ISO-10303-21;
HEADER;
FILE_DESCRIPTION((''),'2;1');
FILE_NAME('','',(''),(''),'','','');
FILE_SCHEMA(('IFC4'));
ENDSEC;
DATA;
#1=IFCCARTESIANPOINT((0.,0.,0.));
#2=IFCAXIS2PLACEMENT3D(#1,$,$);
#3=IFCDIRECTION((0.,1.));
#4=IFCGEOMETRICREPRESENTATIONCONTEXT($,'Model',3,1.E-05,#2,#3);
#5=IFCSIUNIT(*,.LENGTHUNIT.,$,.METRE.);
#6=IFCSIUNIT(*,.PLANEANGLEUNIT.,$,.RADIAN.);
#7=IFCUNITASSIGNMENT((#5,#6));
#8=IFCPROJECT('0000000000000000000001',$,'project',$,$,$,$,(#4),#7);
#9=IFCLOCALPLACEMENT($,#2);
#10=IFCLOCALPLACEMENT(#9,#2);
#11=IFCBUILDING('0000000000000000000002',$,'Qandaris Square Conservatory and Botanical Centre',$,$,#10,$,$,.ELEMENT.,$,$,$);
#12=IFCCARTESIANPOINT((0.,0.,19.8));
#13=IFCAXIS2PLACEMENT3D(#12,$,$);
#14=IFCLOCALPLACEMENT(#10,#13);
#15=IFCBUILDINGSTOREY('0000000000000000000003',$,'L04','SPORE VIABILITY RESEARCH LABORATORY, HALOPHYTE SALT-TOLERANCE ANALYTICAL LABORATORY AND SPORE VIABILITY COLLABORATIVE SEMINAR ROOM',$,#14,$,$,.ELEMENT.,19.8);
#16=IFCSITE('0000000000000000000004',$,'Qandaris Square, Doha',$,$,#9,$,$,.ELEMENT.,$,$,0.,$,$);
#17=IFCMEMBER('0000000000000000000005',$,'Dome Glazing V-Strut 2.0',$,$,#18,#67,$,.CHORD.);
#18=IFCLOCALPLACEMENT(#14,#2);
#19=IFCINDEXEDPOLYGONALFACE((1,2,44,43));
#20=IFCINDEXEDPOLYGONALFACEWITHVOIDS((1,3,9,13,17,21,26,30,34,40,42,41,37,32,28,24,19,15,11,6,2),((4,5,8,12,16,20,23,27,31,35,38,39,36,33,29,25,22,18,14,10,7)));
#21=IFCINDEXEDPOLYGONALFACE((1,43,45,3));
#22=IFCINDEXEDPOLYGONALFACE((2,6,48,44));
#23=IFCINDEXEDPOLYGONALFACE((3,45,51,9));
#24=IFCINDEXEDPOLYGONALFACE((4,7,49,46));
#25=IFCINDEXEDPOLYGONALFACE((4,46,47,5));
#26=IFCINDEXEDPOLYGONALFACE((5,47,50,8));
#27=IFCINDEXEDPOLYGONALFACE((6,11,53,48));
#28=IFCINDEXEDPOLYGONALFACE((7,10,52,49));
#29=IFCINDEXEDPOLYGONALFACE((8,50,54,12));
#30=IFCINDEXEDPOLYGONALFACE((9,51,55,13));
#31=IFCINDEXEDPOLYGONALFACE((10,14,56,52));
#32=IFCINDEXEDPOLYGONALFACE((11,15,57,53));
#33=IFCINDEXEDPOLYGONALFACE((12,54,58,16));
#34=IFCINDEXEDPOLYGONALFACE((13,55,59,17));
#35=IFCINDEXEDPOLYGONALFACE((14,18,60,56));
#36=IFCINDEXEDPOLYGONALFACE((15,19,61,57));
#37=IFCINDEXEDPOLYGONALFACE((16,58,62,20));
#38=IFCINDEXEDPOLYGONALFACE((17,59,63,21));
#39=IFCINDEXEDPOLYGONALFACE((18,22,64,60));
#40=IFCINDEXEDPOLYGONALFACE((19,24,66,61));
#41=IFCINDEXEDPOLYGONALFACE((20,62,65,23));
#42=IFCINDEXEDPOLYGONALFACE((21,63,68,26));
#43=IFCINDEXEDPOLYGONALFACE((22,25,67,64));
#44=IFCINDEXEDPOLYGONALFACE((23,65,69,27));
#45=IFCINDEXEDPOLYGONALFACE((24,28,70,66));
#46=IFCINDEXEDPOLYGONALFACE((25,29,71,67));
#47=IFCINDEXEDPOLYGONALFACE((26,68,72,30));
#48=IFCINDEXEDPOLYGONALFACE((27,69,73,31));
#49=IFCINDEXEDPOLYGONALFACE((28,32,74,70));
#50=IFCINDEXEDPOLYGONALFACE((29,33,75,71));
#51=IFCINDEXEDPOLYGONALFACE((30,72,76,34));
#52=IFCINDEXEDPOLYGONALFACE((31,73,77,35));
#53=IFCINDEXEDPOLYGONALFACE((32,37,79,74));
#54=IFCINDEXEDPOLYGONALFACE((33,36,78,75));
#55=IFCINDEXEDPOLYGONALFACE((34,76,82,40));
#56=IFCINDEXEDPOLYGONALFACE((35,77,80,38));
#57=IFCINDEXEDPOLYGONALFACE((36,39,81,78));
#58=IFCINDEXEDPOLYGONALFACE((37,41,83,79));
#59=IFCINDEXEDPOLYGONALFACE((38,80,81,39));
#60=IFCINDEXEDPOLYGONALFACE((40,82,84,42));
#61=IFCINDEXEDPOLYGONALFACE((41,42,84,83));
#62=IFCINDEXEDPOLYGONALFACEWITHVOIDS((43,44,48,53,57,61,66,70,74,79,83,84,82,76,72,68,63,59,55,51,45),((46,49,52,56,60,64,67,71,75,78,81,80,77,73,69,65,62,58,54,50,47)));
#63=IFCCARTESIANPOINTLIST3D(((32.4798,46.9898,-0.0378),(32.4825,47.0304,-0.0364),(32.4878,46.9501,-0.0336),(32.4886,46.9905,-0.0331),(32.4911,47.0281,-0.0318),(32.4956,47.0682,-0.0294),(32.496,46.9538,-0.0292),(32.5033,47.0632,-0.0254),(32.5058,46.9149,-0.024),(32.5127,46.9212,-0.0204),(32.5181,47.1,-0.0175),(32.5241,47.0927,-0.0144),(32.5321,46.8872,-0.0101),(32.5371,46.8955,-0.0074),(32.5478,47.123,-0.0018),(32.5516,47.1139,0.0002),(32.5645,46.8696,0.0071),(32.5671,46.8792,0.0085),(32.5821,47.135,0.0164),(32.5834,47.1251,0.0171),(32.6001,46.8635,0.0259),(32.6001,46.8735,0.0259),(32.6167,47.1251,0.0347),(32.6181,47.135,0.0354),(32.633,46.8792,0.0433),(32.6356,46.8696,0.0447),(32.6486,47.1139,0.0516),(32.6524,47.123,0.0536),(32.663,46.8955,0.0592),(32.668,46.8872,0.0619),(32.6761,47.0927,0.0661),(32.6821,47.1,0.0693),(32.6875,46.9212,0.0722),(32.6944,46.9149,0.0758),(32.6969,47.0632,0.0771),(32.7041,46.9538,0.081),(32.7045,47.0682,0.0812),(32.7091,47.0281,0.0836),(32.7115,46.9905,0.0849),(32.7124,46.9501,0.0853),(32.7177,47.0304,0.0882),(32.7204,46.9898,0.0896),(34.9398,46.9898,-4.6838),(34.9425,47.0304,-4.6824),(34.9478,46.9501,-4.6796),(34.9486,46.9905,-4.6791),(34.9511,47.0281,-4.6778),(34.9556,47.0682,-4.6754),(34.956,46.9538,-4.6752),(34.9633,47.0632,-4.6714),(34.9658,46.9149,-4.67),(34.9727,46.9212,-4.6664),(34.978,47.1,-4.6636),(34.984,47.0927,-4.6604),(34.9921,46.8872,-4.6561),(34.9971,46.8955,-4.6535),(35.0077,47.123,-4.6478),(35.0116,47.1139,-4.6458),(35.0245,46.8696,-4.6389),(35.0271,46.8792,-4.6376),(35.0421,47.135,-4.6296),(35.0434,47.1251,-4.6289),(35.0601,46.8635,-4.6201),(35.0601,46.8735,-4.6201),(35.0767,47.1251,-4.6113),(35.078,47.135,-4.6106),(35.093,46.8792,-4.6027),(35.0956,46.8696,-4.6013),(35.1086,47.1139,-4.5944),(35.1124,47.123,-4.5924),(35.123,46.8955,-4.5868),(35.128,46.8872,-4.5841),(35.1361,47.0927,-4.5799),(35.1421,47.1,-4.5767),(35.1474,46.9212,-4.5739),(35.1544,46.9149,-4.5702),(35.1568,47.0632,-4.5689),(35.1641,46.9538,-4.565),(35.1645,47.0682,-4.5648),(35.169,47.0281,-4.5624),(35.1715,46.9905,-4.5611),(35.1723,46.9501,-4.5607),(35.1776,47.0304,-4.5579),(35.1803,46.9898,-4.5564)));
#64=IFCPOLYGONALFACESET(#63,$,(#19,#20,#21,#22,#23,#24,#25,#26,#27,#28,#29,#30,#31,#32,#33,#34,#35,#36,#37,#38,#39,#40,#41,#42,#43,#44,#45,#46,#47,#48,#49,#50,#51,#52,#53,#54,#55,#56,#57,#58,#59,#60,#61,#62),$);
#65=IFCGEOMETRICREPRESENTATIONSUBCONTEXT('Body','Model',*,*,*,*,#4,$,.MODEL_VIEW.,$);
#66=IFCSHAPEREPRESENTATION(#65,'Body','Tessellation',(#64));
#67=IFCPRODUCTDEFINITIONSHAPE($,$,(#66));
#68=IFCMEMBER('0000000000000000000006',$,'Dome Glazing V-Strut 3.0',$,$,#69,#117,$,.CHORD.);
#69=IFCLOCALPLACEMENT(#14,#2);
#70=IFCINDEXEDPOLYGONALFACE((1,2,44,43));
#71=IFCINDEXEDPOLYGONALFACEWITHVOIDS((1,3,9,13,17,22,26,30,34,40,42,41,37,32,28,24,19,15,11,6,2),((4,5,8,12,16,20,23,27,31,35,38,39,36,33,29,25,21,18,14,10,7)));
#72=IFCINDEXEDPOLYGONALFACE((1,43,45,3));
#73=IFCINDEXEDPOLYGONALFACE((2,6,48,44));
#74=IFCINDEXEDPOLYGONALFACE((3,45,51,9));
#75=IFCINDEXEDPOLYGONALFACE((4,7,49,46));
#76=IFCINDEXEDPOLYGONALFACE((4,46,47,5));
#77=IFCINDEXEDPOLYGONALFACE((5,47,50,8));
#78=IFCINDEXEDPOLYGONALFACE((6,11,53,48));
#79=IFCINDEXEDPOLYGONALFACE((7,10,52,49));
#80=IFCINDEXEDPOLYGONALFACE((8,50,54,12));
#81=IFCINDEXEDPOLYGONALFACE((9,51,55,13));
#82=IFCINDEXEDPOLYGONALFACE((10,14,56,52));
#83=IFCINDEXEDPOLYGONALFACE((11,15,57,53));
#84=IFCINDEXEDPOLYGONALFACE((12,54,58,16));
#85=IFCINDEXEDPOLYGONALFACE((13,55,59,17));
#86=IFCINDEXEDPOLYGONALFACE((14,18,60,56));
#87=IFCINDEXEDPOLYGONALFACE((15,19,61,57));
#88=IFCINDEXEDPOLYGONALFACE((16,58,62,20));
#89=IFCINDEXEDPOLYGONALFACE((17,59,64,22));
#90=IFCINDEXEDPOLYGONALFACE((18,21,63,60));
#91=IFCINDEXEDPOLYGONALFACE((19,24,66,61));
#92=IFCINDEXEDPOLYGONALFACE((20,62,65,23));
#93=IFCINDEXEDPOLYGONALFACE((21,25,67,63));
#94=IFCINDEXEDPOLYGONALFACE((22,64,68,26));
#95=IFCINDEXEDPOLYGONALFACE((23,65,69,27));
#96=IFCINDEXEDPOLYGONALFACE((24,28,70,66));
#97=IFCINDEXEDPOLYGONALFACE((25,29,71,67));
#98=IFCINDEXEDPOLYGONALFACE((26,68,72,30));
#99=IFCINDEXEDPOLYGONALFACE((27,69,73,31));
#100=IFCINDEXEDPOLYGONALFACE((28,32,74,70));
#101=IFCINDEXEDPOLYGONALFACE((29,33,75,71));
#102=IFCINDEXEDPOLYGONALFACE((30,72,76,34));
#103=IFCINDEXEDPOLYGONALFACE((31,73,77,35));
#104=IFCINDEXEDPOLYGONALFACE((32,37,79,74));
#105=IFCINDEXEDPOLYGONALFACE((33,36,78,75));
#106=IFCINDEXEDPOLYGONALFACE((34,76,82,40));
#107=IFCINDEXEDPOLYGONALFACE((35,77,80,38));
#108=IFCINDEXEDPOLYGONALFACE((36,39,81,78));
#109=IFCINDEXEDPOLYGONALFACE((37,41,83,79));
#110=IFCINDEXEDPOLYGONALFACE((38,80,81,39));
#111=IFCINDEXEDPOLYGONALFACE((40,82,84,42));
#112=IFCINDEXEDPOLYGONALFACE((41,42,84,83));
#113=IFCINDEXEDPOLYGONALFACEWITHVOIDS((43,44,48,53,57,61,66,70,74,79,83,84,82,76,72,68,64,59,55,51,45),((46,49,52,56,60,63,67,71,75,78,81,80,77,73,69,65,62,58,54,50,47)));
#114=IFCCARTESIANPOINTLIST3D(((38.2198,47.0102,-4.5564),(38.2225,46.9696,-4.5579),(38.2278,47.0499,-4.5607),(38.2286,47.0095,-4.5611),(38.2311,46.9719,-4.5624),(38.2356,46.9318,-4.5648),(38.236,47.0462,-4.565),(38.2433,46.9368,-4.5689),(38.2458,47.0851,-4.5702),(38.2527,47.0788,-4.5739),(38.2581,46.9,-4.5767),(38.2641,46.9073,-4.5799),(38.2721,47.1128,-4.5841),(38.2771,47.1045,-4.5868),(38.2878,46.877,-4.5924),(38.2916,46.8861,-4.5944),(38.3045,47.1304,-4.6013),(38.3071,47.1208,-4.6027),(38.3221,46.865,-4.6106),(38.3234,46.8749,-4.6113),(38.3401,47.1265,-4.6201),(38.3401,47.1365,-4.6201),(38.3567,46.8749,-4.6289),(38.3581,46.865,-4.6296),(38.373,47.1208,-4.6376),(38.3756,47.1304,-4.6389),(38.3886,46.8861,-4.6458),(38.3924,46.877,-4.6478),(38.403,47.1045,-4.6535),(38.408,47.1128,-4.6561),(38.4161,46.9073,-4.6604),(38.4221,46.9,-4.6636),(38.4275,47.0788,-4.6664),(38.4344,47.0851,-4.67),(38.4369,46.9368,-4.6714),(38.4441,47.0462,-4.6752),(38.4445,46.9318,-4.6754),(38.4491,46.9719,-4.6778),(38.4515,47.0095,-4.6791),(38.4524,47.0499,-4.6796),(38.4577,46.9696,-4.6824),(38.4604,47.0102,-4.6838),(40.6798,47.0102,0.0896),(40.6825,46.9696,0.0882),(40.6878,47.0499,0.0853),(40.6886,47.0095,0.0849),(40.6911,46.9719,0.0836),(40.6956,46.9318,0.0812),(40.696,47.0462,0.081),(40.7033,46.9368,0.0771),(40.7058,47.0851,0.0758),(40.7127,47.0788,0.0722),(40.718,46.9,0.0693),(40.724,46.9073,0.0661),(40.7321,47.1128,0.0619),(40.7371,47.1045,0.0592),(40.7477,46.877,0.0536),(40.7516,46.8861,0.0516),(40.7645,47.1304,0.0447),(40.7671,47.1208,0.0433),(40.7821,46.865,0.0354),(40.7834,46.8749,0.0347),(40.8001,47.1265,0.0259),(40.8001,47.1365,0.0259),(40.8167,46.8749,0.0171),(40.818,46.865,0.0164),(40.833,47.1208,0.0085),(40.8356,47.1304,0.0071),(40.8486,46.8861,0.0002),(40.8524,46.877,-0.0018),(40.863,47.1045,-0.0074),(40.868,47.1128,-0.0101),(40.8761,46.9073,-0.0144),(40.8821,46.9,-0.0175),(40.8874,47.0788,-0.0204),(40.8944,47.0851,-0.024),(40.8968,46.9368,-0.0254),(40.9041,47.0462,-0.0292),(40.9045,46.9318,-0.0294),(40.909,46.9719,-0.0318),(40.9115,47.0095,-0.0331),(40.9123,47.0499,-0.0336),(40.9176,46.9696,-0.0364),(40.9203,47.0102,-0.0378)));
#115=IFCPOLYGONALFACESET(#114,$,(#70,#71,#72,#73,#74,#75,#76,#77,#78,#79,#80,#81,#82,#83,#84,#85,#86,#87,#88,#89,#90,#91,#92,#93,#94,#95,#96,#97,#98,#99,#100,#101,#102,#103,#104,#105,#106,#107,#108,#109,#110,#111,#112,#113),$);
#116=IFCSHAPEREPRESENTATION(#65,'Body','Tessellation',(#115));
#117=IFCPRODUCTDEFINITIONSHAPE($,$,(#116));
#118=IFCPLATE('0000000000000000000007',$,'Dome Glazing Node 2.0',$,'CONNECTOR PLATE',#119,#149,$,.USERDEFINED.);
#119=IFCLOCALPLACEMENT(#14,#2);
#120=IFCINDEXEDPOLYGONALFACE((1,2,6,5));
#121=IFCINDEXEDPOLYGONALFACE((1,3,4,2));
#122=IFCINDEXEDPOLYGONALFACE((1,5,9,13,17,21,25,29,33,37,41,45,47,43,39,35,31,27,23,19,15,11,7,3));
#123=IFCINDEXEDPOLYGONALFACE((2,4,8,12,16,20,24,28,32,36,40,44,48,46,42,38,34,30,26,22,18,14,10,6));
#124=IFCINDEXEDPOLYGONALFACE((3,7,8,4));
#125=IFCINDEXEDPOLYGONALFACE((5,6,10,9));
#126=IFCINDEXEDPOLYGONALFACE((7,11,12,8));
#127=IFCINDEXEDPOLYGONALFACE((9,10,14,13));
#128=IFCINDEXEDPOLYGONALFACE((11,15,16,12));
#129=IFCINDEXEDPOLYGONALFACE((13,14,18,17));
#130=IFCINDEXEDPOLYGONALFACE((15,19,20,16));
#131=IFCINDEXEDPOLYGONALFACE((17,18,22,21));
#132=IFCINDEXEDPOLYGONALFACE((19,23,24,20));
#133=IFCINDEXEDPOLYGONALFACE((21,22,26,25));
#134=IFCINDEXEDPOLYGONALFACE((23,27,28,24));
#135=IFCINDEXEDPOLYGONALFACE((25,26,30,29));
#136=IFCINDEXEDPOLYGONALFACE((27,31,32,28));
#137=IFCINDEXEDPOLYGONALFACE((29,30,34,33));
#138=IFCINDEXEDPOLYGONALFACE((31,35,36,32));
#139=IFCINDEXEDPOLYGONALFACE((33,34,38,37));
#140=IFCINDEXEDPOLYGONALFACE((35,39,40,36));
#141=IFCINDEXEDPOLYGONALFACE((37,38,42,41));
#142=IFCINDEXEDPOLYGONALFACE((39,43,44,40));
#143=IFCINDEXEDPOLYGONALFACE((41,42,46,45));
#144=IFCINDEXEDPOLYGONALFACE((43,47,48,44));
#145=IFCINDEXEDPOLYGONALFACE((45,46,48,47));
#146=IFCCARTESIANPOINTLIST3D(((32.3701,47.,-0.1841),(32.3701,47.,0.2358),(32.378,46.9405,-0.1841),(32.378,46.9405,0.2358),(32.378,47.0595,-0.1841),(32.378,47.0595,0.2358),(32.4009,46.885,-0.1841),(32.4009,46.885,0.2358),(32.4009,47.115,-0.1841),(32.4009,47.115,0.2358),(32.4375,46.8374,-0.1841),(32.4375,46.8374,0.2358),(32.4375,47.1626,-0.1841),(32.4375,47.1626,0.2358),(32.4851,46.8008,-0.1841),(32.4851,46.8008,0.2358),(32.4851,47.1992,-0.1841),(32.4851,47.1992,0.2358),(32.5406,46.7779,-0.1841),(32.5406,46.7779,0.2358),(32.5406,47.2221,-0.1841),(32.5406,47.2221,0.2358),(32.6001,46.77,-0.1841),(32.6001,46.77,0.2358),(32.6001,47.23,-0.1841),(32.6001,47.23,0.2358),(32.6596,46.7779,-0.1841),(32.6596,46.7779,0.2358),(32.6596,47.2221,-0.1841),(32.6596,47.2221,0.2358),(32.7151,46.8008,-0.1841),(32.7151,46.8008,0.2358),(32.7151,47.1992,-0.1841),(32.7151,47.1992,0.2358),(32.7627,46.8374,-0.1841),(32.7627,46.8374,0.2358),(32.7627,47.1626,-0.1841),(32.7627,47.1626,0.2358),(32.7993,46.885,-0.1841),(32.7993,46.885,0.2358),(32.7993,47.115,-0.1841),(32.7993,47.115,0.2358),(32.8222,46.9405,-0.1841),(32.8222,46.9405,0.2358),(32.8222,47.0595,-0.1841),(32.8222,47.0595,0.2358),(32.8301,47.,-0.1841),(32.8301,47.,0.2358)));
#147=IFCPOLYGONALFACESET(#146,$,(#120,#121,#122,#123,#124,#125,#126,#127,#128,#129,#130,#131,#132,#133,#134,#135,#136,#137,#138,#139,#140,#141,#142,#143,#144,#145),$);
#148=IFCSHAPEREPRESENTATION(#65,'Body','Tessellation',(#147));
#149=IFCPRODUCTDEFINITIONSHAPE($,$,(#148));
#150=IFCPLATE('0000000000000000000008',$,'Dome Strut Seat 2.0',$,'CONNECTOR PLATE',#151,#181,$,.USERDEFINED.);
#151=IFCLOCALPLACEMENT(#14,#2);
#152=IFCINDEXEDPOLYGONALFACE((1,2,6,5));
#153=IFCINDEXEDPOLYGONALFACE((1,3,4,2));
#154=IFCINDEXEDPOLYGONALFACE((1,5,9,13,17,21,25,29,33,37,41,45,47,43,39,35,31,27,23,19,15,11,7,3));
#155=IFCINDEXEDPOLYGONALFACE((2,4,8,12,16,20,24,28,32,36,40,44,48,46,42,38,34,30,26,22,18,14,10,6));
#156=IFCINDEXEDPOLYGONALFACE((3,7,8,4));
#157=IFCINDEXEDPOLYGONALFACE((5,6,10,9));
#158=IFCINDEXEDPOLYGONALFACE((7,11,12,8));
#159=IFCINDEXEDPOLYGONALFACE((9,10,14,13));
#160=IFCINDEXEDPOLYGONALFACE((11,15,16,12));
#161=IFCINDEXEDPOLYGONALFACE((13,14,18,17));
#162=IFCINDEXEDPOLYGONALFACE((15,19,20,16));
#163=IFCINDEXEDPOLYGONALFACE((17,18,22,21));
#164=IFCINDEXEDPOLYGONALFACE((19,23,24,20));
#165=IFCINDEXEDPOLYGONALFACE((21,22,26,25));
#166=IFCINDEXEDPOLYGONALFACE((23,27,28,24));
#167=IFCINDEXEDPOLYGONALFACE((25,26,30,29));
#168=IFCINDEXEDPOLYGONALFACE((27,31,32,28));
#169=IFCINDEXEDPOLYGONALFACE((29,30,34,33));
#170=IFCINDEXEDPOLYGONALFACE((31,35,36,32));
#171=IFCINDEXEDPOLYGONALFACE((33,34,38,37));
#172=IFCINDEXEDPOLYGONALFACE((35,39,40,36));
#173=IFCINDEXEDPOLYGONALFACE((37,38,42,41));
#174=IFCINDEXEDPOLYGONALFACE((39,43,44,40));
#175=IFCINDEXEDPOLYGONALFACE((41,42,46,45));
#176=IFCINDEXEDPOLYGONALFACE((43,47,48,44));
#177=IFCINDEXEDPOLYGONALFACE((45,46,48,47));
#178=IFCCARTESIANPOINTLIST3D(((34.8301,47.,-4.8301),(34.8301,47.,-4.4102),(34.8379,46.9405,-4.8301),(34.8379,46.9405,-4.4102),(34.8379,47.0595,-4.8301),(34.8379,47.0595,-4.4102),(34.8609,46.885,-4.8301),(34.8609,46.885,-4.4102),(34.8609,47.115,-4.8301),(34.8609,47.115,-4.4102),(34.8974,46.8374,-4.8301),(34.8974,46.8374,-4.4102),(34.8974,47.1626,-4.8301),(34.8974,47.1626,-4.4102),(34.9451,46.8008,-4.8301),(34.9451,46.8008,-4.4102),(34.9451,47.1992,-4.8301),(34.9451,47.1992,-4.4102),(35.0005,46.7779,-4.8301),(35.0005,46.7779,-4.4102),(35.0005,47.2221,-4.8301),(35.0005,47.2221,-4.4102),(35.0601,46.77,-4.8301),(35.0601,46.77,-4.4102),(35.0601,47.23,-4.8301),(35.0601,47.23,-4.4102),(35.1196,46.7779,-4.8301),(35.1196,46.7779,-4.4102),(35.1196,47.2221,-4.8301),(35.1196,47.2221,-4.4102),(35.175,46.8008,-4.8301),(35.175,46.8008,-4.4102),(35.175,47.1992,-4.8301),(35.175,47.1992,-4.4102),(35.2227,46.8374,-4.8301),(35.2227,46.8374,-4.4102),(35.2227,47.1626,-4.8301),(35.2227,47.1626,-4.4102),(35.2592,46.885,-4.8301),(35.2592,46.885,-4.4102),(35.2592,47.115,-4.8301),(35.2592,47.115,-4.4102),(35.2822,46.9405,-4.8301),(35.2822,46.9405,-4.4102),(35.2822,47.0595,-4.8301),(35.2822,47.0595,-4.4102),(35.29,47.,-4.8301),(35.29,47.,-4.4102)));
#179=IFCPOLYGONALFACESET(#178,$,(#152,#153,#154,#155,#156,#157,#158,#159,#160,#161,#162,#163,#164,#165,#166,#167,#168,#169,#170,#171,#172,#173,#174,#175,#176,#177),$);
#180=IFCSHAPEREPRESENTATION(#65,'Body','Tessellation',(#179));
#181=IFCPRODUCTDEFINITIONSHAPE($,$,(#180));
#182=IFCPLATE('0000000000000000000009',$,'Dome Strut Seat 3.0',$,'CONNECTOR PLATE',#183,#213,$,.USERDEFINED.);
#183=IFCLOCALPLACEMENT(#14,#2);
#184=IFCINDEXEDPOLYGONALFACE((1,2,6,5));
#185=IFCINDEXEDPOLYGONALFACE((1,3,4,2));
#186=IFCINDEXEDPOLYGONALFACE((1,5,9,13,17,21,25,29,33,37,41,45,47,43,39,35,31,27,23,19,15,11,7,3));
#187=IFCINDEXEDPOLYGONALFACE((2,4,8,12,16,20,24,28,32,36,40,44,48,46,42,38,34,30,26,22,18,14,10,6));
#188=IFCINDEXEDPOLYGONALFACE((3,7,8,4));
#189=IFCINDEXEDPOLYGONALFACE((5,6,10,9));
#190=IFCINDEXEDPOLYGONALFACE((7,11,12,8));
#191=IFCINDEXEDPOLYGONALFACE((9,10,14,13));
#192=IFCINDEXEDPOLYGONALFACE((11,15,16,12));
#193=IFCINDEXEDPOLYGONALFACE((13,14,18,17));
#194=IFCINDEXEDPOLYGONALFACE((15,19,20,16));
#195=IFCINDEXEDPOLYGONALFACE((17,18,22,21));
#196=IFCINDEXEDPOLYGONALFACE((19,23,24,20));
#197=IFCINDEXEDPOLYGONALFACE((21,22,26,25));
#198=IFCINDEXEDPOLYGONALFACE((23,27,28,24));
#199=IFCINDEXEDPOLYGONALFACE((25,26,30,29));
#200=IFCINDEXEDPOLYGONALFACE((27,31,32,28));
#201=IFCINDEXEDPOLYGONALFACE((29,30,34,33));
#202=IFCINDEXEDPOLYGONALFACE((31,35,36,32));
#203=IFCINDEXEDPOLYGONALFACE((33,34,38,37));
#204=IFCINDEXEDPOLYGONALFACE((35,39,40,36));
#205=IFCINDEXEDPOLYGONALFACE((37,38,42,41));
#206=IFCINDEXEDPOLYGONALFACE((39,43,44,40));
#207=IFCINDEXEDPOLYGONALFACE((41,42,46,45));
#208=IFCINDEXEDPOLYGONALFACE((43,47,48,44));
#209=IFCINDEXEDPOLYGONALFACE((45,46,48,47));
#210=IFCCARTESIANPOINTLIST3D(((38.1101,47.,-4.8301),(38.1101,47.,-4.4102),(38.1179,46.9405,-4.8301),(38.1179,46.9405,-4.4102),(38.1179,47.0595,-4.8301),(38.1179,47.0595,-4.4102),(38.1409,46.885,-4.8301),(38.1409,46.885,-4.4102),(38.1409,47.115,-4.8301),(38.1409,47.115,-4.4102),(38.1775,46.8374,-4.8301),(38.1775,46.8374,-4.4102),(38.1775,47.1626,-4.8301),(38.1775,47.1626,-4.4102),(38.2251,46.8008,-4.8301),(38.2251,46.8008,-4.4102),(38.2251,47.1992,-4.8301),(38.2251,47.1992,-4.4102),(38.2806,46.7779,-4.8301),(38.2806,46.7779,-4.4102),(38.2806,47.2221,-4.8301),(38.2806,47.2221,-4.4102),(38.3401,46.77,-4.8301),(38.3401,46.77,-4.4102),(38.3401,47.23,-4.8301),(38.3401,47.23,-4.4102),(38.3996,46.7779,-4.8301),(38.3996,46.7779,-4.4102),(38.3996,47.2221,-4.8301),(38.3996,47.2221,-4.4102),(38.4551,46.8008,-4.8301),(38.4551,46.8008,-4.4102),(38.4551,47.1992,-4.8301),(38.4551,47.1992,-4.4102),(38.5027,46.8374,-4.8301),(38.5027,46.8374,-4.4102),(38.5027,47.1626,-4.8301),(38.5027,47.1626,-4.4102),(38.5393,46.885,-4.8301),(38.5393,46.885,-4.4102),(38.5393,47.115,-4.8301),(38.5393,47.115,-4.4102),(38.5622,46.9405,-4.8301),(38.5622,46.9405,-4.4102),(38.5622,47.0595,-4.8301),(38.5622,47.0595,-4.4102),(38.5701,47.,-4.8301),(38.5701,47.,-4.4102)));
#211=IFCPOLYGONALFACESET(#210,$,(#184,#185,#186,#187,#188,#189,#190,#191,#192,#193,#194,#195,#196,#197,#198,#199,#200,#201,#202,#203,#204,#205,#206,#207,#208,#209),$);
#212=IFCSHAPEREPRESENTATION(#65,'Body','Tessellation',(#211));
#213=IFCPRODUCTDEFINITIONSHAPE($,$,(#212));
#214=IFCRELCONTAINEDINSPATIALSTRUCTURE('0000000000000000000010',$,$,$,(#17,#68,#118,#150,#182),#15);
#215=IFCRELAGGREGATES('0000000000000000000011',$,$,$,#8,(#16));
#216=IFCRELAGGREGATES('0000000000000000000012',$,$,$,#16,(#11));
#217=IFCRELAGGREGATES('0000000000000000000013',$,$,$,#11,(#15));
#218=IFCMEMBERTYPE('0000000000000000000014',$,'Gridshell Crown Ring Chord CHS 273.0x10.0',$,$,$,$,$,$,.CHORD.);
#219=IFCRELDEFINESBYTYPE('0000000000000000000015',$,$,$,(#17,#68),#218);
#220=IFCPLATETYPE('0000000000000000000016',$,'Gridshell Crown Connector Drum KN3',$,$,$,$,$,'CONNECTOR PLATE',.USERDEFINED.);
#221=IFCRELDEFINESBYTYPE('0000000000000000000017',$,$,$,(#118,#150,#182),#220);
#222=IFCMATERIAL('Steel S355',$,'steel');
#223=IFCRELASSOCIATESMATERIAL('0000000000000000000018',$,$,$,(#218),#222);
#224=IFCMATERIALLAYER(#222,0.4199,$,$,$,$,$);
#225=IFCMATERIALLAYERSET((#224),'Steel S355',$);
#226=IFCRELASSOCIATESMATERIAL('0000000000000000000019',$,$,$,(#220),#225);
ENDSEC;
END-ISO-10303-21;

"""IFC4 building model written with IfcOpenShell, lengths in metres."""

from ifc_helpers import new_model, si_unit, direction, frame, origin, origin_2d, place, context, subcontext, project, spatial, circle, hollow_circle, extrude, material, layer, layer_set, material_profile, profile_set, type_object, element, save


model = new_model("IFC4")

# Units and contexts
model_context = context("Model", 3, precision=1e-05, world=origin(), true_north=direction((0.0, 1.0)))
body_context = subcontext(model_context, "Body", "Model", "MODEL_VIEW")
ifc_project = project(units=[si_unit("LENGTHUNIT", "METRE"), si_unit("PLANEANGLEUNIT", "RADIAN")], contexts=[model_context])

# Site, building, storey
site_placement = place(None, origin())
site = spatial("IfcSite", under=ifc_project, at=site_placement, Name="Qandaris Square, Doha", CompositionType="ELEMENT", RefElevation=0.0)
building_placement = place(site_placement, origin())
building = spatial("IfcBuilding", under=site, at=building_placement, Name="Qandaris Square Conservatory and Botanical Centre", CompositionType="ELEMENT")
storey_placement = place(building_placement, frame((0.0, 0.0, 19.8)))
storey = spatial("IfcBuildingStorey", under=building, at=storey_placement, Name="L04", Description="SPORE VIABILITY RESEARCH LABORATORY, HALOPHYTE SALT-TOLERANCE ANALYTICAL LABORATORY AND SPORE VIABILITY COLLABORATIVE SEMINAR ROOM", CompositionType="ELEMENT", Elevation=19.8)

# Members
ifc_material_1 = material(Name="Steel S355", Category="steel")
ifc_material_profile = material_profile(ifc_material_1, hollow_circle(Radius=0.1365, WallThickness=0.01, at=origin_2d()), Name="CHS 273.0x10.0")
ifc_profile_set = profile_set([ifc_material_profile], Name="Steel S355")
member_type = type_object("IfcMemberType", Name="Gridshell Crown Ring Chord CHS 273.0x10.0", PredefinedType="CHORD", material=ifc_profile_set)
for number, where, z_axis, x_axis, name in (
    (1, (35.0601, 47.0, -4.6201), (-0.467935, 0.0, 0.883763), (0.0, -1.0, 0.0), "Dome Glazing V-Strut 2.0"),
    (2, (38.3401, 47.0, -4.6201), (0.467935, 0.0, 0.883763), (0.0, 1.0, 0.0), "Dome Glazing V-Strut 3.0"),
):
    element("IfcMember", number, at=place(storey_placement, frame(where, z_axis=z_axis, x_axis=x_axis)), inside=storey, type_object=member_type, Name=name, PredefinedType="CHORD", context=body_context, shape_type="SweptSolid", body=[
        extrude(hollow_circle(Radius=0.1365, WallThickness=0.01, at=origin_2d()), origin(), (0.0, 0.0, 1.0), 5.2571),
    ])

# Plates
ifc_layer_1 = layer(ifc_material_1, 0.4199)
ifc_layer_set_1 = layer_set([ifc_layer_1], Name="Steel S355")
plate_type = type_object("IfcPlateType", Name="Gridshell Crown Connector Drum KN3", ElementType="CONNECTOR PLATE", PredefinedType="USERDEFINED", material=ifc_layer_set_1)
for number, where, z_axis, x_axis, name in (
    (3, (32.6001, 47.0, -0.1841), (0.0, 0.0, 1.0), (1.0, 0.0, 0.0), "Dome Glazing Node 2.0"),
    (4, (35.0601, 47.0, -4.8301), (0.0, 0.0, 1.0), (1.0, 0.0, 0.0), "Dome Strut Seat 2.0"),
    (5, (38.3401, 47.0, -4.8301), (0.0, 0.0, 1.0), (1.0, 0.0, 0.0), "Dome Strut Seat 3.0"),
):
    element("IfcPlate", number, at=place(storey_placement, frame(where, z_axis=z_axis, x_axis=x_axis)), inside=storey, type_object=plate_type, Name=name, ObjectType="CONNECTOR PLATE", PredefinedType="USERDEFINED", context=body_context, shape_type="SweptSolid", body=[
        extrude(circle(Radius=0.23, at=origin_2d()), origin(), (0.0, 0.0, 1.0), 0.4199),
    ])

save(model, "model.ifc")
